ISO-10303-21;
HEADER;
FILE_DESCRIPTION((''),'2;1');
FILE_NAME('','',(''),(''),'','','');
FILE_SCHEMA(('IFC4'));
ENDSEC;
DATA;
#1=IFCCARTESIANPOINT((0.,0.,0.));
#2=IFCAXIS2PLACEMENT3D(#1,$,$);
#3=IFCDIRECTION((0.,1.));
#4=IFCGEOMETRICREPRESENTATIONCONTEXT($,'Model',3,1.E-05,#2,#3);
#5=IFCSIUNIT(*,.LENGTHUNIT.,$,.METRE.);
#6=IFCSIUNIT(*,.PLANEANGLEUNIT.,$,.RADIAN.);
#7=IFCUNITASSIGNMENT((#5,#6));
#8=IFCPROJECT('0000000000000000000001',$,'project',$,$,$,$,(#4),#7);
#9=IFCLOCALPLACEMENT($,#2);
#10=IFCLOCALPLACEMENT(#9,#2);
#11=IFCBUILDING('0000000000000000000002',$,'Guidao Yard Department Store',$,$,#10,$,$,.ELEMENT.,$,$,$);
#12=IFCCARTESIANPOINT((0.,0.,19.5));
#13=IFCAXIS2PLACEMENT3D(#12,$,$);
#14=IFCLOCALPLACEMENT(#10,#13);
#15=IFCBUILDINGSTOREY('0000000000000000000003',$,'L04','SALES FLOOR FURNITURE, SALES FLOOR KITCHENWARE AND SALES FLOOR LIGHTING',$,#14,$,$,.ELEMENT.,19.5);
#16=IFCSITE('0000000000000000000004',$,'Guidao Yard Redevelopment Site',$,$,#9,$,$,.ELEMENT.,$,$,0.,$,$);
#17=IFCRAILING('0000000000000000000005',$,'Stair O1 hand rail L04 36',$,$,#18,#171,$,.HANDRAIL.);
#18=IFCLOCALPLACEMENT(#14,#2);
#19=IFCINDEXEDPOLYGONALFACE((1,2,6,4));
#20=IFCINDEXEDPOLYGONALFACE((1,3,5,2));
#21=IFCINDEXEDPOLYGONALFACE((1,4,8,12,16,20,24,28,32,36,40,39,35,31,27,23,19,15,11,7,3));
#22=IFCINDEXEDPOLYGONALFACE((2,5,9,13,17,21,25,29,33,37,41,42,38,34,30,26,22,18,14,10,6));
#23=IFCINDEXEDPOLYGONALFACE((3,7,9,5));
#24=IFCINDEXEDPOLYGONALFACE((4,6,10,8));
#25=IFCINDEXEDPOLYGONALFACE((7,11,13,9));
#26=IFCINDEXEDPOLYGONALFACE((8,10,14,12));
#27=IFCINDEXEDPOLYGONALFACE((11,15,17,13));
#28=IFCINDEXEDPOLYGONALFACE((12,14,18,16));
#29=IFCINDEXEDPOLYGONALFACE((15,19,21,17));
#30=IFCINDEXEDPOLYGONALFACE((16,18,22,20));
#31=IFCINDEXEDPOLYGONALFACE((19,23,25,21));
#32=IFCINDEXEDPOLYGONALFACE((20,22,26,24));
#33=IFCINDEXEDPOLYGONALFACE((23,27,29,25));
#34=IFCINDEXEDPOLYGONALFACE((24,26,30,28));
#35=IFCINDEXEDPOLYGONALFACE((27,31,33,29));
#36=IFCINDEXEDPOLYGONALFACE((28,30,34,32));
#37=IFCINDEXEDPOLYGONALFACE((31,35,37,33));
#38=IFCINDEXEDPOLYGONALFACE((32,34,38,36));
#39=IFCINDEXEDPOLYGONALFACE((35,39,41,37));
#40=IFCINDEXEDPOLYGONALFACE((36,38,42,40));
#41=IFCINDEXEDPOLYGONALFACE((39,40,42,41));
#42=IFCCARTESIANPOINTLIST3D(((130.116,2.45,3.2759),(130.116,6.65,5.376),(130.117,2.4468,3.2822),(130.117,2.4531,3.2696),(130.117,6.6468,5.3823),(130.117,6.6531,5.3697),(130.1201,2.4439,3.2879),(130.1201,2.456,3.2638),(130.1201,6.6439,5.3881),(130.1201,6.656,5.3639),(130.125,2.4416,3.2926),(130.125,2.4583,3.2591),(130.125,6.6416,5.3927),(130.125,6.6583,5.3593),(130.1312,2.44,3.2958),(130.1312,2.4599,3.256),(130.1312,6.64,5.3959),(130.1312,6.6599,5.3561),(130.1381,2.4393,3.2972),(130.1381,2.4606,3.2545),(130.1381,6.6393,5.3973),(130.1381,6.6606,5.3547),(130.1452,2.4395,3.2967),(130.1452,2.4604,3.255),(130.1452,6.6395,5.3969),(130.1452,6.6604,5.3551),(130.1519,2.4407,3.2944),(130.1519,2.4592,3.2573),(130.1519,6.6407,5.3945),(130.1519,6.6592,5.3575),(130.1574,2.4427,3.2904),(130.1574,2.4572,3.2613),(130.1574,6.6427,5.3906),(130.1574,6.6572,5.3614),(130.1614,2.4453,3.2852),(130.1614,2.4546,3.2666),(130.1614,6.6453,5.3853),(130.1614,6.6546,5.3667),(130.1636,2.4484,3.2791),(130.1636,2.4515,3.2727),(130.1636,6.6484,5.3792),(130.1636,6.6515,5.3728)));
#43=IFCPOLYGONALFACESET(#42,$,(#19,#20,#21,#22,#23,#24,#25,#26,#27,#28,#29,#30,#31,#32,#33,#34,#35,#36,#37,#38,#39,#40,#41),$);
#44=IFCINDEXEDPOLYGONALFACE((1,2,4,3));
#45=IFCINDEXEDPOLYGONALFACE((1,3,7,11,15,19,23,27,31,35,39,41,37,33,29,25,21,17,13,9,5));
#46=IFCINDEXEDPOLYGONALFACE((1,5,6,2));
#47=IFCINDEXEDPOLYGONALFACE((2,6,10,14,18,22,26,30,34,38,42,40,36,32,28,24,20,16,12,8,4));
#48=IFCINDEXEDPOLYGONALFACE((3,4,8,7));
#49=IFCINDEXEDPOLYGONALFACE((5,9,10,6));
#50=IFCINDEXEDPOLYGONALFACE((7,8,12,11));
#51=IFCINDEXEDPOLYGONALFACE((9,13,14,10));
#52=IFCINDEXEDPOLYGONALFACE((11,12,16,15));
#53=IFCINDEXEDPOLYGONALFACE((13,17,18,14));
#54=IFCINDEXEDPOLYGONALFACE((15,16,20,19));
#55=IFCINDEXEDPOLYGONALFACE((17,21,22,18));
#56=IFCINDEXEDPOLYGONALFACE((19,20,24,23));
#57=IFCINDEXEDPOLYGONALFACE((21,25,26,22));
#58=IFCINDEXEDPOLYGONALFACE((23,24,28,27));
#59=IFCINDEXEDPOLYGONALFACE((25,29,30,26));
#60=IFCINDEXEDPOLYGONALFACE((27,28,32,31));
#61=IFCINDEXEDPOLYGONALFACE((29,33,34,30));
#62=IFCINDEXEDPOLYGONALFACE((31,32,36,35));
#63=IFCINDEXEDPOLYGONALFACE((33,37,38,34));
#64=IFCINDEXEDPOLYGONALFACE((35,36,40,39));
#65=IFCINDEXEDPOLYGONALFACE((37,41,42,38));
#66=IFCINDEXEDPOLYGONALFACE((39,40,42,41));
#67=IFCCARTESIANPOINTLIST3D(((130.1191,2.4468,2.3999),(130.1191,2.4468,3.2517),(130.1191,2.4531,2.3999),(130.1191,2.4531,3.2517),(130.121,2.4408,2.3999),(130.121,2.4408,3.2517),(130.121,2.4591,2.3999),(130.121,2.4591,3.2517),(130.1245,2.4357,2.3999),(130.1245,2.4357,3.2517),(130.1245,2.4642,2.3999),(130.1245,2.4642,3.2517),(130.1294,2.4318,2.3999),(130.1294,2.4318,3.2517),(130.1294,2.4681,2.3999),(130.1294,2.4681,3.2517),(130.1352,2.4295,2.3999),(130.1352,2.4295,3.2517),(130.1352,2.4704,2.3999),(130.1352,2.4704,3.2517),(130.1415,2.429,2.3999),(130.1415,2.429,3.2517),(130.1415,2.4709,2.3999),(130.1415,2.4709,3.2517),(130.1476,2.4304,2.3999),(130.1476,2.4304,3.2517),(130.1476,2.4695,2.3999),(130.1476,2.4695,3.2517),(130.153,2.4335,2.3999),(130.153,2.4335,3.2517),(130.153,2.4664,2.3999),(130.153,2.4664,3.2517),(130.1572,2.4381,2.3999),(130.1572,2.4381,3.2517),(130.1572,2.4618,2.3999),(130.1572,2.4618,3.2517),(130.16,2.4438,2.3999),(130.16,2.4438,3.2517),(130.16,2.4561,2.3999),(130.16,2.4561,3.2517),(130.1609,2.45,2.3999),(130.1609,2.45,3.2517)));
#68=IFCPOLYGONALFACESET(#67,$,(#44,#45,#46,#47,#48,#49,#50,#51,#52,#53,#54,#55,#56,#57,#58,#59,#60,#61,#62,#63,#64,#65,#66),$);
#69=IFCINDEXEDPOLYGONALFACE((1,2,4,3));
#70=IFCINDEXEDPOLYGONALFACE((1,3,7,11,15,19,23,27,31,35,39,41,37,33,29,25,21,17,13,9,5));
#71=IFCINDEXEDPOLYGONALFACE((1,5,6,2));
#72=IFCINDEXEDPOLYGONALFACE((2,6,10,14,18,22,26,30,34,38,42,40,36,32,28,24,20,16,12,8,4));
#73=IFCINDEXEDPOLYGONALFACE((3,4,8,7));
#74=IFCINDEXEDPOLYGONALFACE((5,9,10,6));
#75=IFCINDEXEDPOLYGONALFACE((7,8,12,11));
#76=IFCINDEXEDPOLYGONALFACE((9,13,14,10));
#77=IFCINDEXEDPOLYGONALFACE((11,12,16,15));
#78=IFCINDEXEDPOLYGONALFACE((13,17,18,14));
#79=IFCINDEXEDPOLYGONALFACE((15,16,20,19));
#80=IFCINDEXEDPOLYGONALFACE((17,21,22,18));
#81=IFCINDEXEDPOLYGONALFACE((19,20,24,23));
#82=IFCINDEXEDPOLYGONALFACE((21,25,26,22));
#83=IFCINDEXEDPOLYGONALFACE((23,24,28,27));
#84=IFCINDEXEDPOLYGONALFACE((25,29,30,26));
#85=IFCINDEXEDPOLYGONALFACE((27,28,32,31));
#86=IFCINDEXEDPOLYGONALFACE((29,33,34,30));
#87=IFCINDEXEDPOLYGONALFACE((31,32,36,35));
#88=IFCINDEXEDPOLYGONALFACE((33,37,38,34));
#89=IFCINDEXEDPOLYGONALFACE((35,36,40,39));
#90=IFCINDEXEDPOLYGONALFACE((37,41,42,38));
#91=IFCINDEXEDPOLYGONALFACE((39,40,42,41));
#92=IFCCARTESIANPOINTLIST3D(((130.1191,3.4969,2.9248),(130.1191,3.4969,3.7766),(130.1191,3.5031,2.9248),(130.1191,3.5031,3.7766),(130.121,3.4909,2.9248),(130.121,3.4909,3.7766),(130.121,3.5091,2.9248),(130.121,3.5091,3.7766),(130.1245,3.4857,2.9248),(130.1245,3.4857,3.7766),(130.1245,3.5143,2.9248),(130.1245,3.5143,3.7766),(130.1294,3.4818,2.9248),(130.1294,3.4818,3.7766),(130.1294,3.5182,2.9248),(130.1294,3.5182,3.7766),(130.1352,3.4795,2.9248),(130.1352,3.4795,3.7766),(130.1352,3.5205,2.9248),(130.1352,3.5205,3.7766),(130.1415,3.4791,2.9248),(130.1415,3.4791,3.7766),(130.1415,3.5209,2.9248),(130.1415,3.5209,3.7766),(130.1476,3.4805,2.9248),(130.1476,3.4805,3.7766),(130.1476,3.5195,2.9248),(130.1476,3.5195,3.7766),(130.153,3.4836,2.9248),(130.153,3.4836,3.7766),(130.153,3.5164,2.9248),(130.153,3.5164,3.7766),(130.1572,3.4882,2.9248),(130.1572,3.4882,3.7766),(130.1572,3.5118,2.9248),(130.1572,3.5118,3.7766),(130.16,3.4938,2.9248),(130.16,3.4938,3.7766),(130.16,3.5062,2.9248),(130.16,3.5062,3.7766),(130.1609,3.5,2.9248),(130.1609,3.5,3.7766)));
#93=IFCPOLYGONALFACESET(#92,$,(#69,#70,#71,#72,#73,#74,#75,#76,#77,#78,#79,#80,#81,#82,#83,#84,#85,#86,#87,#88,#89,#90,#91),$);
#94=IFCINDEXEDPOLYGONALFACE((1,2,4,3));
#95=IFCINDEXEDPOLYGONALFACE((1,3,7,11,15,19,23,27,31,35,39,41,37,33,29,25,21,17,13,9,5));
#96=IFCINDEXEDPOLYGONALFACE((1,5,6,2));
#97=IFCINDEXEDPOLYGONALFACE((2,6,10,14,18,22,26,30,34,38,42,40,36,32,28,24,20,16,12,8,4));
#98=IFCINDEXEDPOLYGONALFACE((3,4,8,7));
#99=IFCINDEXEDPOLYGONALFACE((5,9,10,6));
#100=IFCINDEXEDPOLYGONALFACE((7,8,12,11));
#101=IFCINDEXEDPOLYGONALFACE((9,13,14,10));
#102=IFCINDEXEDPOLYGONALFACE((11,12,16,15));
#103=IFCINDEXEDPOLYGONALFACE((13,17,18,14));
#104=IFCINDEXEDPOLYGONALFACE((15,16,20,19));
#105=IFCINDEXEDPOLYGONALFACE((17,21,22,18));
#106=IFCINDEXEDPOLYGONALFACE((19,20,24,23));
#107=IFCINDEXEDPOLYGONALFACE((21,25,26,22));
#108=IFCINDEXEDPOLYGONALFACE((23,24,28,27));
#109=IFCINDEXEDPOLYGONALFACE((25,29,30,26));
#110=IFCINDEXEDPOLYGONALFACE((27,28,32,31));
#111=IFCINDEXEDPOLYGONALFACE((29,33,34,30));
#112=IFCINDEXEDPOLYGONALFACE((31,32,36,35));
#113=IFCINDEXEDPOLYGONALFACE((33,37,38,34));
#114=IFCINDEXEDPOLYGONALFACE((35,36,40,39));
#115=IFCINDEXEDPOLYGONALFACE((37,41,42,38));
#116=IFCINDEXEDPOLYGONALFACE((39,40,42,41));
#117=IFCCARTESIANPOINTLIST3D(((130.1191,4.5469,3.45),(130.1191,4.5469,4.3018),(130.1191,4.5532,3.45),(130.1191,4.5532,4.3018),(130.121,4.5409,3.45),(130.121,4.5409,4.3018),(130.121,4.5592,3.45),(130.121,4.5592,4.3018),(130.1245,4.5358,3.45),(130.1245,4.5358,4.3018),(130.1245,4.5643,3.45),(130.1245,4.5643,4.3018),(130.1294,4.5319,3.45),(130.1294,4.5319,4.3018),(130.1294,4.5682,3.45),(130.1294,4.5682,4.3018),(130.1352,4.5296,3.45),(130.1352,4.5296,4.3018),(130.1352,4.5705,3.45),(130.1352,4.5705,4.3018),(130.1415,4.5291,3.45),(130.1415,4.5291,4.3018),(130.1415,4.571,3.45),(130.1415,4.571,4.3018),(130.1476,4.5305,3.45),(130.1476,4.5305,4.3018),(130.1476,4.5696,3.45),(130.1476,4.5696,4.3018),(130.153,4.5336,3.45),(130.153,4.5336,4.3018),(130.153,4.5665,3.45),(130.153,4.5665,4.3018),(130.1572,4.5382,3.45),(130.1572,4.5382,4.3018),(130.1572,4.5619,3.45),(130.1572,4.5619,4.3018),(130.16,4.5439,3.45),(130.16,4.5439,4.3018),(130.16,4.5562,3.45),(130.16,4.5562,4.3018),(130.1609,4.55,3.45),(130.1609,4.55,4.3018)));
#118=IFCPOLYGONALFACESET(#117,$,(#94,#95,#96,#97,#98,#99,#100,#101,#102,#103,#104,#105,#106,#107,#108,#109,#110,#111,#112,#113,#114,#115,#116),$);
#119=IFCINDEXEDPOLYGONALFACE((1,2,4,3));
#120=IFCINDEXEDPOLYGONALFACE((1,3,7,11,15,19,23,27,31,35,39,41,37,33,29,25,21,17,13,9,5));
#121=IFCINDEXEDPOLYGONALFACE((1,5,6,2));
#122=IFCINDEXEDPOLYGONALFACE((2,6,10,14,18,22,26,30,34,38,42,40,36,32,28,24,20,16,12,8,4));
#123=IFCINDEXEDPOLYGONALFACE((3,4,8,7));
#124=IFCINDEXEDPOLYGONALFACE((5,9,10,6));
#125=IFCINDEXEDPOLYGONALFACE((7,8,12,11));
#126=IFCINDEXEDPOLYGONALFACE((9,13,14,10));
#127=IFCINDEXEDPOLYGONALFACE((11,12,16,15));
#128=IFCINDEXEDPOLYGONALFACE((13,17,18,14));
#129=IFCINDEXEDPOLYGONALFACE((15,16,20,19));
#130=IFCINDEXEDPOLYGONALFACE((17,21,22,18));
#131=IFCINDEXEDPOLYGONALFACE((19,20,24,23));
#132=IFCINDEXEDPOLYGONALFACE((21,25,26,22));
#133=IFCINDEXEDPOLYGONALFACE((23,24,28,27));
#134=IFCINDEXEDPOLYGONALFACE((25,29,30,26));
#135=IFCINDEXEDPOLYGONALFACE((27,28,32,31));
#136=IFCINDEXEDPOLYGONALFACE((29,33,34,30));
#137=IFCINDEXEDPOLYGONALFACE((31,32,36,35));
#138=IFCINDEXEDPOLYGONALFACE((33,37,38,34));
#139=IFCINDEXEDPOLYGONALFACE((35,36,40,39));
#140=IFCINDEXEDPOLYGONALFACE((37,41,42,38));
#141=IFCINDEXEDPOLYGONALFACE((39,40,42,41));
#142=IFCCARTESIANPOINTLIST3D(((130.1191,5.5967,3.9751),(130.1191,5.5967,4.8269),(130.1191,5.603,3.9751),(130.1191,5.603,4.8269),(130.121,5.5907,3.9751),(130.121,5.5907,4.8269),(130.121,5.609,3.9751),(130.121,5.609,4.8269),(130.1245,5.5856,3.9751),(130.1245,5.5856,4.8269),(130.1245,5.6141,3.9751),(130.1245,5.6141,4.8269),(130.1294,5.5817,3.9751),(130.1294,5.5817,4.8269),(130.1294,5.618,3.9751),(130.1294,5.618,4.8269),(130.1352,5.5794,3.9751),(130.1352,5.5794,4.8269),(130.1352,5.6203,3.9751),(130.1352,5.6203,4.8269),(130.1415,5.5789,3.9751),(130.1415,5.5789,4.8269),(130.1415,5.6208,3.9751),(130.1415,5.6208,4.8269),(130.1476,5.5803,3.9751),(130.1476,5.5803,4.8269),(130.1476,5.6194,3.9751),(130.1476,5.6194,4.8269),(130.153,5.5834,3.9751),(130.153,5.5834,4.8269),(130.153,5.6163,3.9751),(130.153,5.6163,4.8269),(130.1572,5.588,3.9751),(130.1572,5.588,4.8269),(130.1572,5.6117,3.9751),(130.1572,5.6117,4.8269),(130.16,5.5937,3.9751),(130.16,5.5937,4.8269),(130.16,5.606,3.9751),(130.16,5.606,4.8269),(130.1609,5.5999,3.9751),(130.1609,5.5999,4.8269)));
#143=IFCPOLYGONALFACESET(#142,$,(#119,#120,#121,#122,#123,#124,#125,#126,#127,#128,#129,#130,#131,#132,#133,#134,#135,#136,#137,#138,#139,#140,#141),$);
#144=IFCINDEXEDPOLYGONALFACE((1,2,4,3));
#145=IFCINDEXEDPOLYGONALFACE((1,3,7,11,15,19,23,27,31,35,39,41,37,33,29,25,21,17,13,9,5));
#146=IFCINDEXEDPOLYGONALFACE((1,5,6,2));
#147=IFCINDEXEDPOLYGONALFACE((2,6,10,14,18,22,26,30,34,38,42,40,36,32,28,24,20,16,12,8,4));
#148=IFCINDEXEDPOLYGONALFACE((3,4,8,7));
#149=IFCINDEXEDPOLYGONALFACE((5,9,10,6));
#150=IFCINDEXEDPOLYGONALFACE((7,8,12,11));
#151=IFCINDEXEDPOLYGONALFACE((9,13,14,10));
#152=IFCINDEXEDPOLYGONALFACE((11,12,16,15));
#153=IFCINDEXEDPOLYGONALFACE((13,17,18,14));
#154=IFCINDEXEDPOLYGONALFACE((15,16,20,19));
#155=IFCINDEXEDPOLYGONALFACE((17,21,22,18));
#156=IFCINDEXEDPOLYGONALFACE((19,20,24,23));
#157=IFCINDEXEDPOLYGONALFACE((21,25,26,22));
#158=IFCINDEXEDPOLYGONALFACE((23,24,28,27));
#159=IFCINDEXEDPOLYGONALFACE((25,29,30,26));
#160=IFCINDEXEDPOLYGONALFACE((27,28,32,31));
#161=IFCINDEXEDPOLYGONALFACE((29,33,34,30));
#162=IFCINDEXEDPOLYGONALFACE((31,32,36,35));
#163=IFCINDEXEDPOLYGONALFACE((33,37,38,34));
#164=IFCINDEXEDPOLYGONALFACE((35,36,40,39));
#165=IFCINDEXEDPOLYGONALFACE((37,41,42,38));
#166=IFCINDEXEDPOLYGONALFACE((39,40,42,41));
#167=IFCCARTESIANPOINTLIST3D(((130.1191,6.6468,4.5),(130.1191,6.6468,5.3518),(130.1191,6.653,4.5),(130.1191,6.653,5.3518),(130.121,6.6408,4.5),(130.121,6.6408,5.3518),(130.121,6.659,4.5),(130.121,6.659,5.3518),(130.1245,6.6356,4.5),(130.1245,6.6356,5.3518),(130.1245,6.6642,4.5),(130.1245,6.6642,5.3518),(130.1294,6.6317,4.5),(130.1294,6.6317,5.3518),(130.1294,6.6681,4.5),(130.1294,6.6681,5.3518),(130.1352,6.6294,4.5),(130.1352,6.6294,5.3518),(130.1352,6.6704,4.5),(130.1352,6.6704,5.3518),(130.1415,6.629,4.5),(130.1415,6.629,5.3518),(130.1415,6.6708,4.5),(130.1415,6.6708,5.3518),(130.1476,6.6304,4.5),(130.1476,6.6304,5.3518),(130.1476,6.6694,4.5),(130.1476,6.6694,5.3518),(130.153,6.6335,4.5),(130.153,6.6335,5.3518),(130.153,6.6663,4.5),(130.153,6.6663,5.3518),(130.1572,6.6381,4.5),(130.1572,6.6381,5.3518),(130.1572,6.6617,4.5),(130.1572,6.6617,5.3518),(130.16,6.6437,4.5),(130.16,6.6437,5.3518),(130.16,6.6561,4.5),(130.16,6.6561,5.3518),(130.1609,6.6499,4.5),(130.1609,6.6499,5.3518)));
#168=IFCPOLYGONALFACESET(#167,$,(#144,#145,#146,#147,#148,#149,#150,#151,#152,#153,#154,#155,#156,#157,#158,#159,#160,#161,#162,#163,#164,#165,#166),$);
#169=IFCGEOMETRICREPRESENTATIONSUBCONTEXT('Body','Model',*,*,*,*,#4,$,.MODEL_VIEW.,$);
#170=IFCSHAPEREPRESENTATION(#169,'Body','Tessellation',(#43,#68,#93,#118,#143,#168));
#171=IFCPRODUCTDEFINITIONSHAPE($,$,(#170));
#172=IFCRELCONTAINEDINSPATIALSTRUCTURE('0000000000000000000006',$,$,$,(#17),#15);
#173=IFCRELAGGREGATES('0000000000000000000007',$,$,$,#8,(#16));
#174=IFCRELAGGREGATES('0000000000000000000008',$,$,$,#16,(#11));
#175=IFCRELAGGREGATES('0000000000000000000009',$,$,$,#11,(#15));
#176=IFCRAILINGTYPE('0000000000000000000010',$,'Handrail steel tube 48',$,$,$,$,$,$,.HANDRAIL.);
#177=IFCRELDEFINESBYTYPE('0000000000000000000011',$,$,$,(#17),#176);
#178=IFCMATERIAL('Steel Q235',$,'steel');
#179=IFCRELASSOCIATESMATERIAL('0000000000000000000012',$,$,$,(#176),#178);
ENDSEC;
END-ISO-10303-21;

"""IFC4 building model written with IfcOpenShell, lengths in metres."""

from ifc_helpers import new_model, si_unit, direction, frame, origin, origin_2d, place, context, subcontext, project, spatial, circle, extrude, material, type_object, element, save


model = new_model("IFC4")

# Units and contexts
model_context = context("Model", 3, precision=1e-05, world=origin(), true_north=direction((0.0, 1.0)))
body_context = subcontext(model_context, "Body", "Model", "MODEL_VIEW")
ifc_project = project(units=[si_unit("LENGTHUNIT", "METRE"), si_unit("PLANEANGLEUNIT", "RADIAN")], contexts=[model_context])

# Site, building, storey
site_placement = place(None, origin())
site = spatial("IfcSite", under=ifc_project, at=site_placement, Name="Guidao Yard Redevelopment Site", CompositionType="ELEMENT", RefElevation=0.0)
building_placement = place(site_placement, origin())
building = spatial("IfcBuilding", under=site, at=building_placement, Name="Guidao Yard Department Store", CompositionType="ELEMENT")
storey_placement = place(building_placement, frame((0.0, 0.0, 19.5)))
storey = spatial("IfcBuildingStorey", under=building, at=storey_placement, Name="L04", Description="SALES FLOOR FURNITURE, SALES FLOOR KITCHENWARE AND SALES FLOOR LIGHTING", CompositionType="ELEMENT", Elevation=19.5)

# Railing
ifc_material_1 = material(Name="Steel Q235", Category="steel")
railing_type_1 = type_object("IfcRailingType", Name="Handrail steel tube 48", PredefinedType="HANDRAIL", material=ifc_material_1)
for number, where, name in (
    (1, (130.1399, 2.45, 2.3999), "Stair O1 hand rail L04 36"),
):
    element("IfcRailing", number, at=place(storey_placement, frame(where)), inside=storey, type_object=railing_type_1, Name=name, PredefinedType="HANDRAIL", context=body_context, shape_type="SweptSolid", body=[
        extrude(circle(Radius=0.0239, at=origin_2d()), frame((0.0, 0.0, 0.876), z_axis=(0.0, 0.894417, 0.447234), x_axis=(-1.0, 0.0, 0.0)), (0.0, 0.0, 1.0), 4.6958),
        extrude(circle(Radius=0.021, at=origin_2d()), origin(), (0.0, 0.0, 1.0), 0.8518),
        extrude(circle(Radius=0.021, at=origin_2d()), frame((0.0, 1.05, 0.5249)), (0.0, 0.0, 1.0), 0.8518),
        extrude(circle(Radius=0.021, at=origin_2d()), frame((0.0, 2.1001, 1.05)), (0.0, 0.0, 1.0), 0.8518),
        extrude(circle(Radius=0.021, at=origin_2d()), frame((0.0, 3.1499, 1.5752)), (0.0, 0.0, 1.0), 0.8518),
        extrude(circle(Radius=0.021, at=origin_2d()), frame((0.0, 4.2, 2.1001)), (0.0, 0.0, 1.0), 0.8518),
    ])

save(model, "model.ifc")
